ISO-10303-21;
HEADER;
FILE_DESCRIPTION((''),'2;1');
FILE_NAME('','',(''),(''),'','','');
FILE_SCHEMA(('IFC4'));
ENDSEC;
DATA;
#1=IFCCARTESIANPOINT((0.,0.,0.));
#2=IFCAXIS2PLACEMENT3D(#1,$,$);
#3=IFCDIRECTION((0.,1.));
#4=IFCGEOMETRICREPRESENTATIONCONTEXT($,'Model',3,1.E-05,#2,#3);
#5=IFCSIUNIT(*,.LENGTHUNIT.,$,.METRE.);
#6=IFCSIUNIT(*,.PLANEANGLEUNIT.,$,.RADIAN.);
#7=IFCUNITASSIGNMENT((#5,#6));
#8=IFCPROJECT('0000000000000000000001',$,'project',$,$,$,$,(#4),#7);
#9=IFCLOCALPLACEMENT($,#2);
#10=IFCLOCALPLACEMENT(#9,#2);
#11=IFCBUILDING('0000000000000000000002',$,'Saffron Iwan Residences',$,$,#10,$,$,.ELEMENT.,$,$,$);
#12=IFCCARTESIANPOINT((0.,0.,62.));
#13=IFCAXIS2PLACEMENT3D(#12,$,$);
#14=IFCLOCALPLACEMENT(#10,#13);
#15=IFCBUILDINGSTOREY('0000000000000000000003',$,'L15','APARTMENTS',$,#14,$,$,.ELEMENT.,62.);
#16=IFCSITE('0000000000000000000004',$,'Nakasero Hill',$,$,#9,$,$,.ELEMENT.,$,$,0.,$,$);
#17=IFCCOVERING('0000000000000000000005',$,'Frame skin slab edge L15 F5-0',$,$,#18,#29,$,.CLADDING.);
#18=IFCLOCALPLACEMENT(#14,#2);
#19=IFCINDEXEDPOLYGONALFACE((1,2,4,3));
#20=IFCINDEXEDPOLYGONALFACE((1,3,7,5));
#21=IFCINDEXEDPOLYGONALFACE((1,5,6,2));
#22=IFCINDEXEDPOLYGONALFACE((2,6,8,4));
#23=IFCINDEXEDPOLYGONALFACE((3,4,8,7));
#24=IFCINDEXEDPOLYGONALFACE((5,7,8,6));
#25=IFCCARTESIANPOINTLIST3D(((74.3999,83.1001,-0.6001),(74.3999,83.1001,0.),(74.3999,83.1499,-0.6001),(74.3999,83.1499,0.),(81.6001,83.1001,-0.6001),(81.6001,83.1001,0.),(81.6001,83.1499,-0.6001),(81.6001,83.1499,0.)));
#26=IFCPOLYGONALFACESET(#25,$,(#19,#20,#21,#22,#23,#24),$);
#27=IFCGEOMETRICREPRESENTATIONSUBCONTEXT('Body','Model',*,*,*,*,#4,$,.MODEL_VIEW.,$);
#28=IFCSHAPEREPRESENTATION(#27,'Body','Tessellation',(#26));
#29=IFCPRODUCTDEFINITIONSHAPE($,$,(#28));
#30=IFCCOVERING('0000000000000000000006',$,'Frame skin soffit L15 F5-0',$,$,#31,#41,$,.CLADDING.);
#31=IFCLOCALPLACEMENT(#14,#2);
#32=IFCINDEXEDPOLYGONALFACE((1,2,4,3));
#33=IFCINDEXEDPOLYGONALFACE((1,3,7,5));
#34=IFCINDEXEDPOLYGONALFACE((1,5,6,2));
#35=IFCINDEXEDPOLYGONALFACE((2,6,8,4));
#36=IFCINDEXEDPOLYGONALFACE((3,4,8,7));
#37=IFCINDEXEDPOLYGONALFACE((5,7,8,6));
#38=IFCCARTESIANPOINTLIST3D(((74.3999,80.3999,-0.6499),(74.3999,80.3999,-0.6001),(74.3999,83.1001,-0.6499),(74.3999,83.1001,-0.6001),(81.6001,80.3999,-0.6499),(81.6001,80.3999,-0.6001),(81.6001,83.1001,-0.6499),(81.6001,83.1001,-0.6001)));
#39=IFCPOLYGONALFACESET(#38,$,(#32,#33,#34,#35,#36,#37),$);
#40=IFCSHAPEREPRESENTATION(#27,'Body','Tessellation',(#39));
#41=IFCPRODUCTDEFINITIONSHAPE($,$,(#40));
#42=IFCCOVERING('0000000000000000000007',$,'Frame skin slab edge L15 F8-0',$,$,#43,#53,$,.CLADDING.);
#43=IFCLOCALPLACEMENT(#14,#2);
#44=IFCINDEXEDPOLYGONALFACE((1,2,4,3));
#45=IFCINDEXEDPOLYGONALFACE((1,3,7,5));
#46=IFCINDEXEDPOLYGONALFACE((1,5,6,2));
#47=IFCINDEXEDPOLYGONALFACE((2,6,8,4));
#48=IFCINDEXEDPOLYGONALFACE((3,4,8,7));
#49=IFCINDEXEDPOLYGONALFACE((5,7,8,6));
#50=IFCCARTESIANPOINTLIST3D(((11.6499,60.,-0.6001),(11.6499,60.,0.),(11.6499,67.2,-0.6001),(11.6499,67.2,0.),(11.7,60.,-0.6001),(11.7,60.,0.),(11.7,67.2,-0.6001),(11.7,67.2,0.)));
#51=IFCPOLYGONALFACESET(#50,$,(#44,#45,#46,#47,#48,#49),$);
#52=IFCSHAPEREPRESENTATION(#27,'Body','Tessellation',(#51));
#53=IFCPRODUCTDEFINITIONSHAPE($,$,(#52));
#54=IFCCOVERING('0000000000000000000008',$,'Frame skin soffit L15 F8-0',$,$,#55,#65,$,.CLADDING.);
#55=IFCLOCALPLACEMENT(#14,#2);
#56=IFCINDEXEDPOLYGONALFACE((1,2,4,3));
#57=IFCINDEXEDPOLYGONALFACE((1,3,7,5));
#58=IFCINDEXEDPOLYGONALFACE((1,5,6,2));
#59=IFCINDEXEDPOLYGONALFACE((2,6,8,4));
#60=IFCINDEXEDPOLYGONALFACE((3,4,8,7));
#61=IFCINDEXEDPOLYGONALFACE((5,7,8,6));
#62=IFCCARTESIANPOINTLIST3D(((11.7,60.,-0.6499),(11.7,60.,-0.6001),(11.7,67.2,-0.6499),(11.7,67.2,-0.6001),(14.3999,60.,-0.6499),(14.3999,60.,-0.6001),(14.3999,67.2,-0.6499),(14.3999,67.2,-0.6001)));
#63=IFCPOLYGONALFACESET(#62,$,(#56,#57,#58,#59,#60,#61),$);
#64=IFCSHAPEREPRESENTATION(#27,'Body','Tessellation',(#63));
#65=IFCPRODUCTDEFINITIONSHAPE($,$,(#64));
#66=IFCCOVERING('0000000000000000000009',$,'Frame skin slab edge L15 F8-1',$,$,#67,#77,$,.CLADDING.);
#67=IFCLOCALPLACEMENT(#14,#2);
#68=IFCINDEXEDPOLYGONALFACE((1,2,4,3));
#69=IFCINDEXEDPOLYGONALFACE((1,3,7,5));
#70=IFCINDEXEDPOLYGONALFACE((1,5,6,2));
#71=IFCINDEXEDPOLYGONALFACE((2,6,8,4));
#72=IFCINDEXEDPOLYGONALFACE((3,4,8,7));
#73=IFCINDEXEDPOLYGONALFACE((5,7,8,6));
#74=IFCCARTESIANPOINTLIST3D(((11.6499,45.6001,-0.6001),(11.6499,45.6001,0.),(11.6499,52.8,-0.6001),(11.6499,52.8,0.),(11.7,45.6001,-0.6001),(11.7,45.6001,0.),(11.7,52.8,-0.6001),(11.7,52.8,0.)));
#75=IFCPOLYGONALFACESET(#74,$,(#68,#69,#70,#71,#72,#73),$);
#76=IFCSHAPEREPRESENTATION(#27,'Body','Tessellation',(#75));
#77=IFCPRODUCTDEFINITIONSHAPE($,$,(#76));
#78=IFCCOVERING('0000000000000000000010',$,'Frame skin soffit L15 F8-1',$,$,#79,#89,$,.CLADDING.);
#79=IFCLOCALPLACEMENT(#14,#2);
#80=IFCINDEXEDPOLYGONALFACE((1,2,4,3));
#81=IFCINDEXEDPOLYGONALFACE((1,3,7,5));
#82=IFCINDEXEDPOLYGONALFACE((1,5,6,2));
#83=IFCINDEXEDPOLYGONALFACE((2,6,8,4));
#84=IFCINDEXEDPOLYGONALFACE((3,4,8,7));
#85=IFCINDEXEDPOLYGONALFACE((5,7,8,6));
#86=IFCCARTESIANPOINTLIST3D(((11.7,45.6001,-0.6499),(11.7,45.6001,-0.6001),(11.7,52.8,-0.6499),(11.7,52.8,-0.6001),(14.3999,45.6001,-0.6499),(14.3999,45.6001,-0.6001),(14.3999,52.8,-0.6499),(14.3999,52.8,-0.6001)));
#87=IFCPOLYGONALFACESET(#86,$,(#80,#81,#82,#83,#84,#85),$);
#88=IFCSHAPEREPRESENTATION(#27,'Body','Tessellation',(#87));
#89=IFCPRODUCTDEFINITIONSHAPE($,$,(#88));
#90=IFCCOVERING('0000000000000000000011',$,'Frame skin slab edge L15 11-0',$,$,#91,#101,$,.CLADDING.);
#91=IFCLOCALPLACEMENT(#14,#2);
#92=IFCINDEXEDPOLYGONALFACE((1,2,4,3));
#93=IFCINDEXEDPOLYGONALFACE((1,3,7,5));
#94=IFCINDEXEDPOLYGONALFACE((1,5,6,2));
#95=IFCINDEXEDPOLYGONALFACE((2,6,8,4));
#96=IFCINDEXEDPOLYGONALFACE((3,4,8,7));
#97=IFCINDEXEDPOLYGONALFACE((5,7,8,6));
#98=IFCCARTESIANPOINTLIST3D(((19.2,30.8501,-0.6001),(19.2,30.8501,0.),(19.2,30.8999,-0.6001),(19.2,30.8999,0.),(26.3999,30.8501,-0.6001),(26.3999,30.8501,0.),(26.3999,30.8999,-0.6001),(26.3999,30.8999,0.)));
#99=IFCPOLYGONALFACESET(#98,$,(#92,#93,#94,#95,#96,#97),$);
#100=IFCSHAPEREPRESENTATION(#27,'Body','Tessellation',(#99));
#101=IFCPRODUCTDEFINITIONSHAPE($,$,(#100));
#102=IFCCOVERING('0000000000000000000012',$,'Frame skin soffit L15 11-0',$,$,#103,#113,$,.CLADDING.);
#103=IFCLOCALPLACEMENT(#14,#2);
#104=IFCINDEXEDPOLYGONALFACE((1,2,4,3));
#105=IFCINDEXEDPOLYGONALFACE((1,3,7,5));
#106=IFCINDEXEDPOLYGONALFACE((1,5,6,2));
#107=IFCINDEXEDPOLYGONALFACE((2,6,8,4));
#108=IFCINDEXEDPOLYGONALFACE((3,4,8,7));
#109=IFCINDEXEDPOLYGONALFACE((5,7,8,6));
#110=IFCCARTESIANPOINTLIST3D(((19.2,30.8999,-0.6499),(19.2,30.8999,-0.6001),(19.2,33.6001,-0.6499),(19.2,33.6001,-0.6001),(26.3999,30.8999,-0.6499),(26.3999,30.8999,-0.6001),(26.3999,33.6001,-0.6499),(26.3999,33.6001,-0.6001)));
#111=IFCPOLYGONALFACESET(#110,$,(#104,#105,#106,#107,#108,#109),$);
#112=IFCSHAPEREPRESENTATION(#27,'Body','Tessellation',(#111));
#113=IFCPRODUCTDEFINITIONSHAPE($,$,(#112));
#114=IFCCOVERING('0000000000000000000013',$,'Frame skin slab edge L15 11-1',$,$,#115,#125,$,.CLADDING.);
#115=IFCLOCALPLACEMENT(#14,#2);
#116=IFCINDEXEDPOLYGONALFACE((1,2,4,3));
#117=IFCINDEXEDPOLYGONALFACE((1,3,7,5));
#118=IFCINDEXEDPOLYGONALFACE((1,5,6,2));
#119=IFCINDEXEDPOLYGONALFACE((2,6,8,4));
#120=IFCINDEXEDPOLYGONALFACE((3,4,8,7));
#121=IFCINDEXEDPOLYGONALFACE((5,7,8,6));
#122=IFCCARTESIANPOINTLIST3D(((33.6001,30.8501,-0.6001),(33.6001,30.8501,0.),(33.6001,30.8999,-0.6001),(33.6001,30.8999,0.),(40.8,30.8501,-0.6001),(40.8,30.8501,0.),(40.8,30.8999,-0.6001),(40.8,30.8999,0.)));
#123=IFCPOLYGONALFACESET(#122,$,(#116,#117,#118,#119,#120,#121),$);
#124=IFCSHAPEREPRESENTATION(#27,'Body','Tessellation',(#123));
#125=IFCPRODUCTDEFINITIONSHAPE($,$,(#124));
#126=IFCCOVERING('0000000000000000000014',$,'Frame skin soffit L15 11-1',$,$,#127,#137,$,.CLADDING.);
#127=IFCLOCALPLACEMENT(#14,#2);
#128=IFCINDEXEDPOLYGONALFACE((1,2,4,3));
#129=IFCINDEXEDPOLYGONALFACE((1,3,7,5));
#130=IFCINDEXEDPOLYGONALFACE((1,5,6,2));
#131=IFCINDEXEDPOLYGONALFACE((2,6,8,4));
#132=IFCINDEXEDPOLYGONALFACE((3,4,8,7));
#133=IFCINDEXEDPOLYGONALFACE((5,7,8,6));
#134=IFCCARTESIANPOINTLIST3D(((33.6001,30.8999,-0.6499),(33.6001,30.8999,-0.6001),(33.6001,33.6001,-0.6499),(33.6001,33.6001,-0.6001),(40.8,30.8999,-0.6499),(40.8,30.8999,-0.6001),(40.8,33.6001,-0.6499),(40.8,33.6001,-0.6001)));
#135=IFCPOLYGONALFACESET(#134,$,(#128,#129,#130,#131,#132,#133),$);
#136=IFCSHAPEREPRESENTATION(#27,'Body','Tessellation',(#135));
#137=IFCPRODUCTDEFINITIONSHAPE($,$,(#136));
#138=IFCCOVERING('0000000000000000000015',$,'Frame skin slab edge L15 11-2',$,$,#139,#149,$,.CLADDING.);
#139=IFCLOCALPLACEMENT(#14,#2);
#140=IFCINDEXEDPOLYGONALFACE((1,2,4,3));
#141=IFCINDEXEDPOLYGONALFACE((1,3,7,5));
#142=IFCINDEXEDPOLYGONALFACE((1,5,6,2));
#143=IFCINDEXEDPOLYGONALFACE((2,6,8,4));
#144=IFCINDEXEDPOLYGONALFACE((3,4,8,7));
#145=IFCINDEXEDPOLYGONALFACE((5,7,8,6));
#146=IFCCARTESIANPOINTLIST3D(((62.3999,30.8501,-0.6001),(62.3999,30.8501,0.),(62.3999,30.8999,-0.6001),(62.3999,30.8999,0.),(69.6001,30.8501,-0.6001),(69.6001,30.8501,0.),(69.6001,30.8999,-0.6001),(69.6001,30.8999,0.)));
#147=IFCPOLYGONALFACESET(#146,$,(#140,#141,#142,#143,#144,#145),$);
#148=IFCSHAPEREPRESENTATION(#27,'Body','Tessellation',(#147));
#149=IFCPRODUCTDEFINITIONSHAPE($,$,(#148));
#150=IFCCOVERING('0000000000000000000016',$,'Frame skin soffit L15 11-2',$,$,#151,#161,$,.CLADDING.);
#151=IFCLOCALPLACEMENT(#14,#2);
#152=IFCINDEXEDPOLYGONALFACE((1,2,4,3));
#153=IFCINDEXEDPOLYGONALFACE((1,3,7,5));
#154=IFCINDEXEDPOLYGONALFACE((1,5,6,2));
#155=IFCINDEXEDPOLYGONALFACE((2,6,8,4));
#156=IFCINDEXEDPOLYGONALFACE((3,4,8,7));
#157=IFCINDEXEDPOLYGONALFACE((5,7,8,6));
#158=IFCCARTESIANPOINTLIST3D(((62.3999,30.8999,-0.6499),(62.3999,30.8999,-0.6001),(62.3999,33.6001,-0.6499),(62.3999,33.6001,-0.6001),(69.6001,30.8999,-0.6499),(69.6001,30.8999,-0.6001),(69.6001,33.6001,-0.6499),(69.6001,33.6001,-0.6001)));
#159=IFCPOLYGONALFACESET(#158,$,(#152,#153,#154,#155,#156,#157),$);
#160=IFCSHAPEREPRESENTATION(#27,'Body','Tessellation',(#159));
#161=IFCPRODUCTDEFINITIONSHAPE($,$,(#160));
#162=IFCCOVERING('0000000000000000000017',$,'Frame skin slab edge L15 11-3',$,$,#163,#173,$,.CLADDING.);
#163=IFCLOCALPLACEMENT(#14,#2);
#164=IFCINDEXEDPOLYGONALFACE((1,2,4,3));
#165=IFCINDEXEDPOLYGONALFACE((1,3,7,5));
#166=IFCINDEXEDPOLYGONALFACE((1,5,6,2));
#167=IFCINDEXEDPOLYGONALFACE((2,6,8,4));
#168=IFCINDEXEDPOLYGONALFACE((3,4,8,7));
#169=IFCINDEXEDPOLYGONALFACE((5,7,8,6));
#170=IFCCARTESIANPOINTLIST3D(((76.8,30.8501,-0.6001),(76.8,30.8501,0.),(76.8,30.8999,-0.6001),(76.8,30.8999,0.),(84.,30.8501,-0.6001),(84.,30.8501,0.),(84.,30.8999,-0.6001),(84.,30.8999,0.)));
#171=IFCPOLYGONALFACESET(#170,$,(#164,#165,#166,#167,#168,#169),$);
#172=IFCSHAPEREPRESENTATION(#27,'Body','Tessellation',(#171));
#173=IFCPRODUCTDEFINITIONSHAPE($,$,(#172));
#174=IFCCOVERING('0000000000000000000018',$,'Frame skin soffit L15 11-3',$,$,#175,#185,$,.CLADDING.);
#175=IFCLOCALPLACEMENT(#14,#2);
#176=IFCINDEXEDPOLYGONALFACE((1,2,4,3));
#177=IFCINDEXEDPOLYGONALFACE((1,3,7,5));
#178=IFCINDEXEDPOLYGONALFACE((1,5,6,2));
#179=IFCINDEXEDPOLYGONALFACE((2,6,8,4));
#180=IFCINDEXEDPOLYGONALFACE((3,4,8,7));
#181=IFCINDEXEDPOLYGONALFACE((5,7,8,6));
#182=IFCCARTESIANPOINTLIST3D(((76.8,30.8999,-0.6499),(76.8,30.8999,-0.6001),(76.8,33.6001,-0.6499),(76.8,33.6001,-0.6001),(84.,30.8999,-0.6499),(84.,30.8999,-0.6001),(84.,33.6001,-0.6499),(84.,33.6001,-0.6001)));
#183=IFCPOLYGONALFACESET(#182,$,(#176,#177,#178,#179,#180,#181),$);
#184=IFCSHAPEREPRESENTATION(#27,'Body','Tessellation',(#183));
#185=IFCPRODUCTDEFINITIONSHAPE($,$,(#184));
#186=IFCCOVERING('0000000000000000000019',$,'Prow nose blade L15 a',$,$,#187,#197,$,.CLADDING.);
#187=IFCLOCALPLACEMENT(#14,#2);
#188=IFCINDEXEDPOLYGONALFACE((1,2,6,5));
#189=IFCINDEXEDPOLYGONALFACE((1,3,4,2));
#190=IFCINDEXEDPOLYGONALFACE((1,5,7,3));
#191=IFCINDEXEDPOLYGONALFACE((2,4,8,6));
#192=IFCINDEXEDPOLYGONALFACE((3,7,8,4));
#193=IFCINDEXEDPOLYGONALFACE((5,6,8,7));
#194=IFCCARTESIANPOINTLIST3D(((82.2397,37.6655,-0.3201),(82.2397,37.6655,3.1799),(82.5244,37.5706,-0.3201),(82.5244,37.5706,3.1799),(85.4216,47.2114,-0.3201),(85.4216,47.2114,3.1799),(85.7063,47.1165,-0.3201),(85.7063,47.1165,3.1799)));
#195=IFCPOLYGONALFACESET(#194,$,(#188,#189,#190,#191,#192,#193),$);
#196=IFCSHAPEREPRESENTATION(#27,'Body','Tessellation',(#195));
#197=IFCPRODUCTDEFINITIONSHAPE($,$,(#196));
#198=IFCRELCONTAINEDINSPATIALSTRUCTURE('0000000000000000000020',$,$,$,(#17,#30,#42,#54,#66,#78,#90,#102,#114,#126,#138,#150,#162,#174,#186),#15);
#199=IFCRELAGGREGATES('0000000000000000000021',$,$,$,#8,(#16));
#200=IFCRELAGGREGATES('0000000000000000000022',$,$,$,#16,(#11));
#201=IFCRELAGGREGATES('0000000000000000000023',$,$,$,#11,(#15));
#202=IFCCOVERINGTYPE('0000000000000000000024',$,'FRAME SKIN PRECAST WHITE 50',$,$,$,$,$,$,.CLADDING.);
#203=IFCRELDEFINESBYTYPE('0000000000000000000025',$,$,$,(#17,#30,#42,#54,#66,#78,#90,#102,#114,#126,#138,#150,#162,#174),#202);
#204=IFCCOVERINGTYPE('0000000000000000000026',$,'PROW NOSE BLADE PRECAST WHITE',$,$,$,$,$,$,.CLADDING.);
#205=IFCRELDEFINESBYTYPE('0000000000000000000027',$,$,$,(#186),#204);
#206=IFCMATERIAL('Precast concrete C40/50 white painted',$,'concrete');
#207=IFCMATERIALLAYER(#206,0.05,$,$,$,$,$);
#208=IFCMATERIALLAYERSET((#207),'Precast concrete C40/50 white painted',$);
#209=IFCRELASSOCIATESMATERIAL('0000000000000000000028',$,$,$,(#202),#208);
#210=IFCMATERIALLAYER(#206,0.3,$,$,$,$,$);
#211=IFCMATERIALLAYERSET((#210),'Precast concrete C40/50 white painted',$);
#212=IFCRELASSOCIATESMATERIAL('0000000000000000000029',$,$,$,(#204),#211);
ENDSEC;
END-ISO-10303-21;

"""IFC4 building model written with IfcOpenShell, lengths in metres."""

from ifc_helpers import new_model, si_unit, direction, frame, origin, place, context, subcontext, project, spatial, polyline, outline, extrude, material, layer, layer_set, type_object, element, save


model = new_model("IFC4")

# Units and contexts
model_context = context("Model", 3, precision=1e-05, world=origin(), true_north=direction((0.0, 1.0)))
body_context = subcontext(model_context, "Body", "Model", "MODEL_VIEW")
ifc_project = project(units=[si_unit("LENGTHUNIT", "METRE"), si_unit("PLANEANGLEUNIT", "RADIAN")], contexts=[model_context])

# Site, building, storey
site_placement = place(None, origin())
site = spatial("IfcSite", under=ifc_project, at=site_placement, Name="Nakasero Hill", CompositionType="ELEMENT", RefElevation=0.0)
building_placement = place(site_placement, origin())
building = spatial("IfcBuilding", under=site, at=building_placement, Name="Saffron Iwan Residences", CompositionType="ELEMENT")
storey_placement = place(building_placement, frame((0.0, 0.0, 62.0)))
storey = spatial("IfcBuildingStorey", under=building, at=storey_placement, Name="L15", Description="APARTMENTS", CompositionType="ELEMENT", Elevation=62.0)

# Coverings
ifc_material_1 = material(Name="Precast concrete C40/50 white painted", Category="concrete")
ifc_layer_1 = layer(ifc_material_1, 0.05)
ifc_layer_set_1 = layer_set([ifc_layer_1], Name="Precast concrete C40/50 white painted")
covering_type_1 = type_object("IfcCoveringType", Name="FRAME SKIN PRECAST WHITE 50", PredefinedType="CLADDING", material=ifc_layer_set_1)
covering_1_placement = place(storey_placement, frame((0.0, 0.0, -0.6001)))
element("IfcCovering", 1, at=covering_1_placement, inside=storey, type_object=covering_type_1, Name="Frame skin slab edge L15 F5-0", PredefinedType="CLADDING", context=body_context, shape_type="SweptSolid", body=[
    extrude(outline(polyline([(81.6001, 83.1499), (74.3999, 83.1499), (74.3999, 83.1001), (81.6001, 83.1001), (81.6001, 83.1499)])), origin(), (0.0, 0.0, 1.0), 0.6001),
])
covering_2_placement = place(storey_placement, frame((0.0, 0.0, -0.6499)))
element("IfcCovering", 2, at=covering_2_placement, inside=storey, type_object=covering_type_1, Name="Frame skin soffit L15 F5-0", PredefinedType="CLADDING", context=body_context, shape_type="SweptSolid", body=[
    extrude(outline(polyline([(81.6001, 83.1001), (74.3999, 83.1001), (74.3999, 80.3999), (81.6001, 80.3999), (81.6001, 83.1001)])), origin(), (0.0, 0.0, 1.0), 0.0498),
])
covering_3_placement = place(storey_placement, frame((0.0, 0.0, -0.6001)))
element("IfcCovering", 3, at=covering_3_placement, inside=storey, type_object=covering_type_1, Name="Frame skin slab edge L15 F8-0", PredefinedType="CLADDING", context=body_context, shape_type="SweptSolid", body=[
    extrude(outline(polyline([(11.6499, 67.2), (11.6499, 60.0), (11.7, 60.0), (11.7, 67.2), (11.6499, 67.2)])), origin(), (0.0, 0.0, 1.0), 0.6001),
])
covering_4_placement = place(storey_placement, frame((0.0, 0.0, -0.6499)))
element("IfcCovering", 4, at=covering_4_placement, inside=storey, type_object=covering_type_1, Name="Frame skin soffit L15 F8-0", PredefinedType="CLADDING", context=body_context, shape_type="SweptSolid", body=[
    extrude(outline(polyline([(11.7, 67.2), (11.7, 60.0), (14.3999, 60.0), (14.3999, 67.2), (11.7, 67.2)])), origin(), (0.0, 0.0, 1.0), 0.0498),
])
covering_5_placement = place(storey_placement, frame((0.0, 0.0, -0.6001)))
element("IfcCovering", 5, at=covering_5_placement, inside=storey, type_object=covering_type_1, Name="Frame skin slab edge L15 F8-1", PredefinedType="CLADDING", context=body_context, shape_type="SweptSolid", body=[
    extrude(outline(polyline([(11.6499, 52.8), (11.6499, 45.6001), (11.7, 45.6001), (11.7, 52.8), (11.6499, 52.8)])), origin(), (0.0, 0.0, 1.0), 0.6001),
])
covering_6_placement = place(storey_placement, frame((0.0, 0.0, -0.6499)))
element("IfcCovering", 6, at=covering_6_placement, inside=storey, type_object=covering_type_1, Name="Frame skin soffit L15 F8-1", PredefinedType="CLADDING", context=body_context, shape_type="SweptSolid", body=[
    extrude(outline(polyline([(11.7, 52.8), (11.7, 45.6001), (14.3999, 45.6001), (14.3999, 52.8), (11.7, 52.8)])), origin(), (0.0, 0.0, 1.0), 0.0498),
])
covering_7_placement = place(storey_placement, frame((0.0, 0.0, -0.6001)))
element("IfcCovering", 7, at=covering_7_placement, inside=storey, type_object=covering_type_1, Name="Frame skin slab edge L15 11-0", PredefinedType="CLADDING", context=body_context, shape_type="SweptSolid", body=[
    extrude(outline(polyline([(19.2, 30.8501), (26.3999, 30.8501), (26.3999, 30.8999), (19.2, 30.8999), (19.2, 30.8501)])), origin(), (0.0, 0.0, 1.0), 0.6001),
])
covering_8_placement = place(storey_placement, frame((0.0, 0.0, -0.6499)))
element("IfcCovering", 8, at=covering_8_placement, inside=storey, type_object=covering_type_1, Name="Frame skin soffit L15 11-0", PredefinedType="CLADDING", context=body_context, shape_type="SweptSolid", body=[
    extrude(outline(polyline([(19.2, 30.8999), (26.3999, 30.8999), (26.3999, 33.6001), (19.2, 33.6001), (19.2, 30.8999)])), origin(), (0.0, 0.0, 1.0), 0.0498),
])
covering_9_placement = place(storey_placement, frame((0.0, 0.0, -0.6001)))
element("IfcCovering", 9, at=covering_9_placement, inside=storey, type_object=covering_type_1, Name="Frame skin slab edge L15 11-1", PredefinedType="CLADDING", context=body_context, shape_type="SweptSolid", body=[
    extrude(outline(polyline([(33.6001, 30.8501), (40.8, 30.8501), (40.8, 30.8999), (33.6001, 30.8999), (33.6001, 30.8501)])), origin(), (0.0, 0.0, 1.0), 0.6001),
])
covering_10_placement = place(storey_placement, frame((0.0, 0.0, -0.6499)))
element("IfcCovering", 10, at=covering_10_placement, inside=storey, type_object=covering_type_1, Name="Frame skin soffit L15 11-1", PredefinedType="CLADDING", context=body_context, shape_type="SweptSolid", body=[
    extrude(outline(polyline([(33.6001, 30.8999), (40.8, 30.8999), (40.8, 33.6001), (33.6001, 33.6001), (33.6001, 30.8999)])), origin(), (0.0, 0.0, 1.0), 0.0498),
])
covering_11_placement = place(storey_placement, frame((0.0, 0.0, -0.6001)))
element("IfcCovering", 11, at=covering_11_placement, inside=storey, type_object=covering_type_1, Name="Frame skin slab edge L15 11-2", PredefinedType="CLADDING", context=body_context, shape_type="SweptSolid", body=[
    extrude(outline(polyline([(62.3999, 30.8501), (69.6001, 30.8501), (69.6001, 30.8999), (62.3999, 30.8999), (62.3999, 30.8501)])), origin(), (0.0, 0.0, 1.0), 0.6001),
])
covering_12_placement = place(storey_placement, frame((0.0, 0.0, -0.6499)))
element("IfcCovering", 12, at=covering_12_placement, inside=storey, type_object=covering_type_1, Name="Frame skin soffit L15 11-2", PredefinedType="CLADDING", context=body_context, shape_type="SweptSolid", body=[
    extrude(outline(polyline([(62.3999, 30.8999), (69.6001, 30.8999), (69.6001, 33.6001), (62.3999, 33.6001), (62.3999, 30.8999)])), origin(), (0.0, 0.0, 1.0), 0.0498),
])
covering_13_placement = place(storey_placement, frame((0.0, 0.0, -0.6001)))
element("IfcCovering", 13, at=covering_13_placement, inside=storey, type_object=covering_type_1, Name="Frame skin slab edge L15 11-3", PredefinedType="CLADDING", context=body_context, shape_type="SweptSolid", body=[
    extrude(outline(polyline([(76.8, 30.8501), (84.0, 30.8501), (84.0, 30.8999), (76.8, 30.8999), (76.8, 30.8501)])), origin(), (0.0, 0.0, 1.0), 0.6001),
])
covering_14_placement = place(storey_placement, frame((0.0, 0.0, -0.6499)))
element("IfcCovering", 14, at=covering_14_placement, inside=storey, type_object=covering_type_1, Name="Frame skin soffit L15 11-3", PredefinedType="CLADDING", context=body_context, shape_type="SweptSolid", body=[
    extrude(outline(polyline([(76.8, 30.8999), (84.0, 30.8999), (84.0, 33.6001), (76.8, 33.6001), (76.8, 30.8999)])), origin(), (0.0, 0.0, 1.0), 0.0498),
])
ifc_layer_2 = layer(ifc_material_1, 0.3)
ifc_layer_set_2 = layer_set([ifc_layer_2], Name="Precast concrete C40/50 white painted")
covering_type_2 = type_object("IfcCoveringType", Name="PROW NOSE BLADE PRECAST WHITE", PredefinedType="CLADDING", material=ifc_layer_set_2)
covering_15_placement = place(storey_placement, frame((0.0, 0.0, -0.3201)))
element("IfcCovering", 15, at=covering_15_placement, inside=storey, type_object=covering_type_2, Name="Prow nose blade L15 a", PredefinedType="CLADDING", context=body_context, shape_type="SweptSolid", body=[
    extrude(outline(polyline([(82.5244, 37.5706), (85.7063, 47.1165), (85.4216, 47.2114), (82.2397, 37.6655), (82.5244, 37.5706)])), origin(), (0.0, 0.0, 1.0), 3.5),
])

save(model, "model.ifc")
